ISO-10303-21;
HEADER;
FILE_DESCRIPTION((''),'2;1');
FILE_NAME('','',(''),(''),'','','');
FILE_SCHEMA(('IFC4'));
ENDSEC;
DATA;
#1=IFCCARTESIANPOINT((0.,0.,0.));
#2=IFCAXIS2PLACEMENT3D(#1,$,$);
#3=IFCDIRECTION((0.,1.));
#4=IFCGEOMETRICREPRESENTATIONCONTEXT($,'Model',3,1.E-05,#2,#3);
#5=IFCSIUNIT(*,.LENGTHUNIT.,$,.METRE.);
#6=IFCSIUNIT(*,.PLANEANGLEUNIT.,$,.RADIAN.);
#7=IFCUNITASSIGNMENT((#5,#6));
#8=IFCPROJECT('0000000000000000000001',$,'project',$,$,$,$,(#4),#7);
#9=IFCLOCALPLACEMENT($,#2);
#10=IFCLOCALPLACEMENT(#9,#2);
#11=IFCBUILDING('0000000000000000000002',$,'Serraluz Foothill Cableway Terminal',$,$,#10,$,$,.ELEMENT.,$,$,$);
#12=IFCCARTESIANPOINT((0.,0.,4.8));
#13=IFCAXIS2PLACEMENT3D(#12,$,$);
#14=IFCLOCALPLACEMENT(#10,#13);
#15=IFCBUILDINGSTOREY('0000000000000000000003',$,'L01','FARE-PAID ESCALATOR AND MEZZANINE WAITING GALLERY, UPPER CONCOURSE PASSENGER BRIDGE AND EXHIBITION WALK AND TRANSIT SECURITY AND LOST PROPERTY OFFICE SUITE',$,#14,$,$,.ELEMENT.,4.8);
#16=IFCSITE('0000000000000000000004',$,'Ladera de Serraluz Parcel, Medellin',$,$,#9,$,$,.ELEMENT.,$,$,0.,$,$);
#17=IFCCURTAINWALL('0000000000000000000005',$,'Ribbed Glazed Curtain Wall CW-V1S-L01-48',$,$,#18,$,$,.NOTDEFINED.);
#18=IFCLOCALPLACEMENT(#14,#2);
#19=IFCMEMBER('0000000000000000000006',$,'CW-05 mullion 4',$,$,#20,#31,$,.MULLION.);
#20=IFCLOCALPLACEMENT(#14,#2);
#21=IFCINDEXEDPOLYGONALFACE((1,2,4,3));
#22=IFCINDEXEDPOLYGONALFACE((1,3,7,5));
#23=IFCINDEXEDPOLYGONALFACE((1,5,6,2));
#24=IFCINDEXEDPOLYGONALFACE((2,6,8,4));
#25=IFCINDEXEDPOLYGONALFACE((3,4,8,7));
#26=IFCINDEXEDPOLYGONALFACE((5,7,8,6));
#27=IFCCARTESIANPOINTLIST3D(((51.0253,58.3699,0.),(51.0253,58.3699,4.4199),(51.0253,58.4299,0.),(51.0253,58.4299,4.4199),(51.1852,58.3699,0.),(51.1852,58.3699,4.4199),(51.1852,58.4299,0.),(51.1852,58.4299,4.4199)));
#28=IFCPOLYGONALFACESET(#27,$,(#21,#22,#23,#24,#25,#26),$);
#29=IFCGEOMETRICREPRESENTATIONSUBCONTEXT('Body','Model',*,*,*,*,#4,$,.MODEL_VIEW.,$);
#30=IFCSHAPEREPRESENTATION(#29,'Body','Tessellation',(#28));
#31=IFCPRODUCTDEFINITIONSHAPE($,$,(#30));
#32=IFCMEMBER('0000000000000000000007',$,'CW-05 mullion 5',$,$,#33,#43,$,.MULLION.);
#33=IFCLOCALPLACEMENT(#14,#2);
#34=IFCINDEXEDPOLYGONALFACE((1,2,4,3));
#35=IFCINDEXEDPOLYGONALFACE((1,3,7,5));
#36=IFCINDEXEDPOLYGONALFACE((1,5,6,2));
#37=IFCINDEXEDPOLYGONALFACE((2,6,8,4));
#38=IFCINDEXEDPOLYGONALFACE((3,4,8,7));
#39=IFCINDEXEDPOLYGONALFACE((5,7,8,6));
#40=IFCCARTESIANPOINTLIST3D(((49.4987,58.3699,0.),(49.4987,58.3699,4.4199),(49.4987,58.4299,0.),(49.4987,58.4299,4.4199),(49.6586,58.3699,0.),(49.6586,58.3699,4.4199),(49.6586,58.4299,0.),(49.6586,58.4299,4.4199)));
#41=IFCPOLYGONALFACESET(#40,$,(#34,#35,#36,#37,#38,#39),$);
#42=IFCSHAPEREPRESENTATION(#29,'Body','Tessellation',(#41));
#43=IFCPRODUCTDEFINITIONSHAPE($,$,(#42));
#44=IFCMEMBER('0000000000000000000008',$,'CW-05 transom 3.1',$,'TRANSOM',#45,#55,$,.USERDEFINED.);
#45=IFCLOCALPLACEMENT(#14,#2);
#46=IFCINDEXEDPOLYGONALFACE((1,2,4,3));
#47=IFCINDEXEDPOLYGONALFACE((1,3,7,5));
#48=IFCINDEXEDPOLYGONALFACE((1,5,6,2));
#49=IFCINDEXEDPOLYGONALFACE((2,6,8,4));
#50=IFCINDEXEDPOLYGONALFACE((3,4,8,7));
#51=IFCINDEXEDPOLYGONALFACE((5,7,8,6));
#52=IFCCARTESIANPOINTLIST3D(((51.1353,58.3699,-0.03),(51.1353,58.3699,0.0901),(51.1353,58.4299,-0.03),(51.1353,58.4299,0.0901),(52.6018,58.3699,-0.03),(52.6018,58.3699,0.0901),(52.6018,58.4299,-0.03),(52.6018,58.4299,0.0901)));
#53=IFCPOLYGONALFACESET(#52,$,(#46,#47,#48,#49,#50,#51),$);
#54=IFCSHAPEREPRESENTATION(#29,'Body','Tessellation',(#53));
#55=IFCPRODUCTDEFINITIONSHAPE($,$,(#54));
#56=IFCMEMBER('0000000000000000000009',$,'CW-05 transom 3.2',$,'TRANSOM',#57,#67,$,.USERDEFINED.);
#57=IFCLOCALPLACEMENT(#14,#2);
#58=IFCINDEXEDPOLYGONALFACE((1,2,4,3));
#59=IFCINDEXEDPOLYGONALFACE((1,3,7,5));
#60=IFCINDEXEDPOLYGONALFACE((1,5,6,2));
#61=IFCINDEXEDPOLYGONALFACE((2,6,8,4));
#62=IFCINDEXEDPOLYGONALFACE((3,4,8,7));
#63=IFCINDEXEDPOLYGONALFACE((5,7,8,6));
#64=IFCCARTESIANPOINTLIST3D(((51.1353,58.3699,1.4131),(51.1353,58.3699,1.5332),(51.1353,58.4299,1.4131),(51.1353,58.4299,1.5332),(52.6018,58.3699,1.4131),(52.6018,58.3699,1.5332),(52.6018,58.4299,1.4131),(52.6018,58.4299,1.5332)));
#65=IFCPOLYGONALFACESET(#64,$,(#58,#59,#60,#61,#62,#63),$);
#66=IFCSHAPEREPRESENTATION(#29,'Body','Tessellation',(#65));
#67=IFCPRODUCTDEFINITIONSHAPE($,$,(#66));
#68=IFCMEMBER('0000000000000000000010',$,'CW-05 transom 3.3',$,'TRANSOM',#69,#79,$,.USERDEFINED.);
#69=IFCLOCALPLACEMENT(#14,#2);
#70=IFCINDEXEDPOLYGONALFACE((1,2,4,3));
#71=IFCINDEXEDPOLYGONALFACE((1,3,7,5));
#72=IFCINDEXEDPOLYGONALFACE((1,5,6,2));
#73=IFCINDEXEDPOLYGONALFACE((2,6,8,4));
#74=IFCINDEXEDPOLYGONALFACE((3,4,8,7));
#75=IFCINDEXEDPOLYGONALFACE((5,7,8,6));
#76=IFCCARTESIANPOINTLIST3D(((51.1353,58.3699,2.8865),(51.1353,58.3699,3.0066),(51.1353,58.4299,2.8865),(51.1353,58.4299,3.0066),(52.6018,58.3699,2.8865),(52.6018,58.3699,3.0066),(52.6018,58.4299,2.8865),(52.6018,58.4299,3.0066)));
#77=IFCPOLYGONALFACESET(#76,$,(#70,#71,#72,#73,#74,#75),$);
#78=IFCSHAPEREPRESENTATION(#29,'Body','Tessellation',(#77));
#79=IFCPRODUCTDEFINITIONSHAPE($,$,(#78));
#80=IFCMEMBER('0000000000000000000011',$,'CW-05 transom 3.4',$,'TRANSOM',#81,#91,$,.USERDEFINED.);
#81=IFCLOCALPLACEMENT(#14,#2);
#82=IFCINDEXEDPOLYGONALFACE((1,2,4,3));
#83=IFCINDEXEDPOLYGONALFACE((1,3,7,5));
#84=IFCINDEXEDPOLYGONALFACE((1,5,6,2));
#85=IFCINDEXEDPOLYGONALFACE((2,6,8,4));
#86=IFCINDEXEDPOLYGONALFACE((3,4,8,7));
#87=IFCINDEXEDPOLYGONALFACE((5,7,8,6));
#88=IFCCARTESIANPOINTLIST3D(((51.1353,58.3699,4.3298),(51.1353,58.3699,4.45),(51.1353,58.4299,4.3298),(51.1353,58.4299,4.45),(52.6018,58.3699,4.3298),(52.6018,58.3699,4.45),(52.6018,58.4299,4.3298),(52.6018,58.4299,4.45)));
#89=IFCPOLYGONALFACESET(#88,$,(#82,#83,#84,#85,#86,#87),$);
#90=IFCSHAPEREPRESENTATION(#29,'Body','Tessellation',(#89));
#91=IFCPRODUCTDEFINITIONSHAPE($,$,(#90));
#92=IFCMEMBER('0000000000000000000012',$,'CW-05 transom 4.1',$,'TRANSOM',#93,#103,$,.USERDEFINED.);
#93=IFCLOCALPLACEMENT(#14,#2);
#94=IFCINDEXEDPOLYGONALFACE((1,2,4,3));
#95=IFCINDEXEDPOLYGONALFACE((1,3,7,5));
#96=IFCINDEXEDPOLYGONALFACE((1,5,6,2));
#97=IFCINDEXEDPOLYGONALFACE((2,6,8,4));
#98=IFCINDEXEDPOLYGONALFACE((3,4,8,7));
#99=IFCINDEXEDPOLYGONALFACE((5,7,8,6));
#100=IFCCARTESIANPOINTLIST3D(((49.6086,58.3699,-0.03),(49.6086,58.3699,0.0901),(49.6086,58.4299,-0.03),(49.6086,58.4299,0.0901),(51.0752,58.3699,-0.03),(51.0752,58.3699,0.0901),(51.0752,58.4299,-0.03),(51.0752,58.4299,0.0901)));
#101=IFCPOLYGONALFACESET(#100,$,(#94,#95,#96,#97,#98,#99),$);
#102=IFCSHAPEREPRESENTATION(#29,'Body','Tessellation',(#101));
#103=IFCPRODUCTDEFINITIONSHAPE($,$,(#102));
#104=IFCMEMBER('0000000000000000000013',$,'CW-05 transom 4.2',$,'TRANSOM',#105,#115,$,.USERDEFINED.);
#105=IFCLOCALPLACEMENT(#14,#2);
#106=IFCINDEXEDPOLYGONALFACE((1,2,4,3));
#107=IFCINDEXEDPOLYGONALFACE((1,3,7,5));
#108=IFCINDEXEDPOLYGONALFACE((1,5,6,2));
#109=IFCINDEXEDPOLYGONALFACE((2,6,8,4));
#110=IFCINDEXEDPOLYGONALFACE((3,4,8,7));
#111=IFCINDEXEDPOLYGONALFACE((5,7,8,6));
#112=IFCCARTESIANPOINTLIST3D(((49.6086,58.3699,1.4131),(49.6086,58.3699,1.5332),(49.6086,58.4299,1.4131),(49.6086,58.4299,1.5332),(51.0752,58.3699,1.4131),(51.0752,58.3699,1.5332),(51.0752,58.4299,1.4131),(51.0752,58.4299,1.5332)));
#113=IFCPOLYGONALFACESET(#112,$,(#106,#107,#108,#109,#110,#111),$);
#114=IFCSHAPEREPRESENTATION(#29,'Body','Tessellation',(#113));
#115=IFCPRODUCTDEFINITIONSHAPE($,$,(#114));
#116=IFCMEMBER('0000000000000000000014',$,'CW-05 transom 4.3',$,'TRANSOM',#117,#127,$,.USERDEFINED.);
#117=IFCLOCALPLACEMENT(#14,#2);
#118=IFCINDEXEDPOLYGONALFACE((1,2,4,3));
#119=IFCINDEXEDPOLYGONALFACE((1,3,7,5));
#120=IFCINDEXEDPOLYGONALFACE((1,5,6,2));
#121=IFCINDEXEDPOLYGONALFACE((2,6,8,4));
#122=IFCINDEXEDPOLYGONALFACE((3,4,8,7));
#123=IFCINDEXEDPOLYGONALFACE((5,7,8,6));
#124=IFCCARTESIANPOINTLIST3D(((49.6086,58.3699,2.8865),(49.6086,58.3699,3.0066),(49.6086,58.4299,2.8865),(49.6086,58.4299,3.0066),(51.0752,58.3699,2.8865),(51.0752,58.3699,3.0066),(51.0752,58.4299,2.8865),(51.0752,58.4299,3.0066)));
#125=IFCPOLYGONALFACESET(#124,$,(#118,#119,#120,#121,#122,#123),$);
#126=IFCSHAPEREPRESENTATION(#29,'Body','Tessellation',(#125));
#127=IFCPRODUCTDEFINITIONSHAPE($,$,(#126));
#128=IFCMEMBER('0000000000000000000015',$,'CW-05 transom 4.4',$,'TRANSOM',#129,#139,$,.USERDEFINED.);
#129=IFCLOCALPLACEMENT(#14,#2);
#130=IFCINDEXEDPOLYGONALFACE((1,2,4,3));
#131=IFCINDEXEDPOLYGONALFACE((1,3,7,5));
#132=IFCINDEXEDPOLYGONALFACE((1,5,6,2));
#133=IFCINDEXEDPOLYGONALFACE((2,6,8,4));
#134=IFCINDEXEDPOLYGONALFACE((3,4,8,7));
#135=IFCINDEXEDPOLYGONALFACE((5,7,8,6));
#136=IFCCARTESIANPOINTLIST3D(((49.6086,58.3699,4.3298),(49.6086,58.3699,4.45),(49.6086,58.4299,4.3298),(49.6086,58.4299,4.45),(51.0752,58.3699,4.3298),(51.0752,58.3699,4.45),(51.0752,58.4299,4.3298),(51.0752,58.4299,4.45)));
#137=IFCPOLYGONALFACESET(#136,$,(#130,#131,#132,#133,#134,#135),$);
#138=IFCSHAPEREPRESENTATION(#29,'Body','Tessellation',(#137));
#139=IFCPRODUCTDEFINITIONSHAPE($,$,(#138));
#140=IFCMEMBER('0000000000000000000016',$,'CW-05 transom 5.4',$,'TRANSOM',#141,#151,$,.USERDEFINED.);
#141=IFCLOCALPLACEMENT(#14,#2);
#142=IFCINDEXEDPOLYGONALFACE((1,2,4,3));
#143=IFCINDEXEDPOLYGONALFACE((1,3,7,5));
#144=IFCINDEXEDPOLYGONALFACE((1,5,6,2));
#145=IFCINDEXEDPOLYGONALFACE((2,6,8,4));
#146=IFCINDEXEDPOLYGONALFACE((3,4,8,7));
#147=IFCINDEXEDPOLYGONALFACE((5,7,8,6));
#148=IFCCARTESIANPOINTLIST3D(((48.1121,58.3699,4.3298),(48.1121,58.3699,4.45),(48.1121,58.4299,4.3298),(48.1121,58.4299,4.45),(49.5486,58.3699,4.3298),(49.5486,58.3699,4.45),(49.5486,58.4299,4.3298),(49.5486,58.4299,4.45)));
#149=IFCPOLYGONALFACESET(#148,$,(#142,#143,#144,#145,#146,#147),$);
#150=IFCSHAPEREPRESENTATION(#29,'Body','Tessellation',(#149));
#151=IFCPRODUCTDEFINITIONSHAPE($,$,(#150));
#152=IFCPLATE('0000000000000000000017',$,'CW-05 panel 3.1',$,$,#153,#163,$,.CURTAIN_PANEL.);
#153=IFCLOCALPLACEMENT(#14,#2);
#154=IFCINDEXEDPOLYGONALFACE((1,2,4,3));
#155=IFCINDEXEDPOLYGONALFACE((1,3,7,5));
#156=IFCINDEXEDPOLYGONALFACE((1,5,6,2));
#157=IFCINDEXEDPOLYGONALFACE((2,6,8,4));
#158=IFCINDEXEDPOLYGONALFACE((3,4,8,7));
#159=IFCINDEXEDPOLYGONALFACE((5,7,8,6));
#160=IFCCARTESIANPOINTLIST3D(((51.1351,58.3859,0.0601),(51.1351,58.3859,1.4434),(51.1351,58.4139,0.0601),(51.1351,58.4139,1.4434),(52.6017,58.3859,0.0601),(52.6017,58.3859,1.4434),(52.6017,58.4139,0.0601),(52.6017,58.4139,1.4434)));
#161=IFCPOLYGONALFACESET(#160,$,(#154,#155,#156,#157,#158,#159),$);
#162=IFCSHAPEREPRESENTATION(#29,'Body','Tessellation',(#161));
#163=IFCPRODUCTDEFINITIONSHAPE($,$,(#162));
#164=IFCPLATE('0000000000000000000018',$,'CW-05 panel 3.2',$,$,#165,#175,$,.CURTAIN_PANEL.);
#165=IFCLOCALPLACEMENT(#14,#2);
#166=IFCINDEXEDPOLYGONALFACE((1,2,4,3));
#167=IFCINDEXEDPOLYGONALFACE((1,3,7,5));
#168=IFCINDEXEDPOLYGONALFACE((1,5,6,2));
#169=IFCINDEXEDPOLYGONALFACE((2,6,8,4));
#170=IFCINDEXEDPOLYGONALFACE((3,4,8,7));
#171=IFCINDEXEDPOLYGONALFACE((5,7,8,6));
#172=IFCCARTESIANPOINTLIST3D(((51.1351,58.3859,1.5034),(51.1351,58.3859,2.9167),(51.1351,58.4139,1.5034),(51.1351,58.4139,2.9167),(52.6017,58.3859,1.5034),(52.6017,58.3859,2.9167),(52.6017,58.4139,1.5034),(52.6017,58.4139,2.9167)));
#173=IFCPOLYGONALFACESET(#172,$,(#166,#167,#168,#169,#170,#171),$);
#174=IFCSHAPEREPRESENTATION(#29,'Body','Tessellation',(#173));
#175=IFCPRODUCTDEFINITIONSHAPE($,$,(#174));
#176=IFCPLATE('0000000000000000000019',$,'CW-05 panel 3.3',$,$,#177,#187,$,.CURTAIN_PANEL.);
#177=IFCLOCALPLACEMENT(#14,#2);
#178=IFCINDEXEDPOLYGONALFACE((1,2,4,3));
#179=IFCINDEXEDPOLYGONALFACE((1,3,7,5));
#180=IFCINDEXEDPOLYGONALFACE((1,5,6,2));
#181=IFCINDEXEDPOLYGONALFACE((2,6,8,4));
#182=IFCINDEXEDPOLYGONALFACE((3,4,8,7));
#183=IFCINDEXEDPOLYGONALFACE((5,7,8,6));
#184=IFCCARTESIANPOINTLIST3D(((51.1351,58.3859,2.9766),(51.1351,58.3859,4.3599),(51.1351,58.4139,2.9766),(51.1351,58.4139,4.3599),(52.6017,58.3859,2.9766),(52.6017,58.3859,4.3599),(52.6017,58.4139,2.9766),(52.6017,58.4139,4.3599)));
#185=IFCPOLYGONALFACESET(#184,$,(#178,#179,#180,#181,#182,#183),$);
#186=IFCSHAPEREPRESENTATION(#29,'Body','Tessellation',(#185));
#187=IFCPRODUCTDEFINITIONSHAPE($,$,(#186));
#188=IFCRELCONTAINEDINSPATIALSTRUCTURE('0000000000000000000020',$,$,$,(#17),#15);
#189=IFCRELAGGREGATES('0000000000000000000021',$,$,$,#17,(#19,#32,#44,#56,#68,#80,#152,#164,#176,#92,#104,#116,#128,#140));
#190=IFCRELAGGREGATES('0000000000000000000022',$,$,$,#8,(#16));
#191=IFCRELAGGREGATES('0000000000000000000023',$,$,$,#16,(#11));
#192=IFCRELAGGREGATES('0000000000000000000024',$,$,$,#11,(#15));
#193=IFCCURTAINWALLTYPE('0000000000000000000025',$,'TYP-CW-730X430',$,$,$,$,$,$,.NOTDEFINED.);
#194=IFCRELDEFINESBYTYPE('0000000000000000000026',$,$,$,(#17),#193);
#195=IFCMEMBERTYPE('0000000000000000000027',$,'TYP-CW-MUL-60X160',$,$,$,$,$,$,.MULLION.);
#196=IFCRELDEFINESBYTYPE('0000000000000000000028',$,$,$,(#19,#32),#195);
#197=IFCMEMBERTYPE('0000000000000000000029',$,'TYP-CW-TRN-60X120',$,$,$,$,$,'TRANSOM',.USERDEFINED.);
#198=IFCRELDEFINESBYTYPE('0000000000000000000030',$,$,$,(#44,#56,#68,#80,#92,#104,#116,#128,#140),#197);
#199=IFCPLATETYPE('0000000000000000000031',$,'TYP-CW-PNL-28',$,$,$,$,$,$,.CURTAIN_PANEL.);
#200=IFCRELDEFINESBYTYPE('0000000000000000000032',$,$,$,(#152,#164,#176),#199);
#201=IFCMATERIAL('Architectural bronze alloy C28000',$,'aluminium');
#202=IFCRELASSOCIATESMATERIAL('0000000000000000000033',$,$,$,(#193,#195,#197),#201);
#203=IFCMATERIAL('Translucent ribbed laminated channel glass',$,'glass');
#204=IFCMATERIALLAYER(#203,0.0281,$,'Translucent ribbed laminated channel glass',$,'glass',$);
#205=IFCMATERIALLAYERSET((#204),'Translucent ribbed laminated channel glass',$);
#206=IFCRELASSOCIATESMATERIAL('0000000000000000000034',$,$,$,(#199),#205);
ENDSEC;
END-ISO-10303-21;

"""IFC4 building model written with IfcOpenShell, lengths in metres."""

from ifc_helpers import new_model, si_unit, direction, frame, origin, origin_2d, place, context, subcontext, project, spatial, rectangle, extrude, material, layer, layer_set, material_profile, profile_set, type_object, element, aggregate, save


model = new_model("IFC4")

# Units and contexts
model_context = context("Model", 3, precision=1e-05, world=origin(), true_north=direction((0.0, 1.0)))
body_context = subcontext(model_context, "Body", "Model", "MODEL_VIEW")
ifc_project = project(units=[si_unit("LENGTHUNIT", "METRE"), si_unit("PLANEANGLEUNIT", "RADIAN")], contexts=[model_context])

# Site, building, storey
site_placement = place(None, origin())
site = spatial("IfcSite", under=ifc_project, at=site_placement, Name="Ladera de Serraluz Parcel, Medellin", CompositionType="ELEMENT", RefElevation=0.0)
building_placement = place(site_placement, origin())
building = spatial("IfcBuilding", under=site, at=building_placement, Name="Serraluz Foothill Cableway Terminal", CompositionType="ELEMENT")
storey_placement = place(building_placement, frame((0.0, 0.0, 4.8)))
storey = spatial("IfcBuildingStorey", under=building, at=storey_placement, Name="L01", Description="FARE-PAID ESCALATOR AND MEZZANINE WAITING GALLERY, UPPER CONCOURSE PASSENGER BRIDGE AND EXHIBITION WALK AND TRANSIT SECURITY AND LOST PROPERTY OFFICE SUITE", CompositionType="ELEMENT", Elevation=4.8)

# Curtain wall, members, plates
ifc_material_1 = material(Name="Architectural bronze alloy C28000", Category="aluminium")
curtain_wall_type = type_object("IfcCurtainWallType", Name="TYP-CW-730X430", PredefinedType="NOTDEFINED", material=ifc_material_1)
curtain_wall_placement = place(storey_placement, origin())
curtain_wall = element("IfcCurtainWall", 1, at=curtain_wall_placement, inside=storey, type_object=curtain_wall_type, Name="Ribbed Glazed Curtain Wall CW-V1S-L01-48", PredefinedType="NOTDEFINED")
ifc_material_profile_1 = material_profile(ifc_material_1, rectangle(XDim=0.0601, YDim=0.1599, at=origin_2d()), Name="ALU MULLION 60x160")
ifc_profile_set_1 = profile_set([ifc_material_profile_1], Name="Architectural bronze alloy C28000")
member_type_1 = type_object("IfcMemberType", Name="TYP-CW-MUL-60X160", PredefinedType="MULLION", material=ifc_profile_set_1)
member_1_placement = place(storey_placement, frame((51.1052, 58.3999, 0.0), z_axis=(0.0, 0.0, 1.0), x_axis=(0.0, -1.0, 0.0)))
member_1 = element("IfcMember", 2, at=member_1_placement, type_object=member_type_1, Name="CW-05 mullion 4", PredefinedType="MULLION", context=body_context, shape_type="SweptSolid", body=[
    extrude(rectangle(XDim=0.0601, YDim=0.1599, at=origin_2d()), origin(), (0.0, 0.0, 1.0), 4.4199),
])
member_2_placement = place(storey_placement, frame((49.5786, 58.3999, 0.0), z_axis=(0.0, 0.0, 1.0), x_axis=(0.0, -1.0, 0.0)))
member_2 = element("IfcMember", 3, at=member_2_placement, type_object=member_type_1, Name="CW-05 mullion 5", PredefinedType="MULLION", context=body_context, shape_type="SweptSolid", body=[
    extrude(rectangle(XDim=0.0601, YDim=0.1599, at=origin_2d()), origin(), (0.0, 0.0, 1.0), 4.4199),
])
ifc_material_profile_2 = material_profile(ifc_material_1, rectangle(XDim=0.0601, YDim=0.1201, at=origin_2d()), Name="ALU TRANSOM 60x120")
ifc_profile_set_2 = profile_set([ifc_material_profile_2], Name="Architectural bronze alloy C28000")
member_type_2 = type_object("IfcMemberType", Name="TYP-CW-TRN-60X120", ElementType="TRANSOM", PredefinedType="USERDEFINED", material=ifc_profile_set_2)
member_3_placement = place(storey_placement, frame((52.6018, 58.3999, 0.03), z_axis=(-1.0, 0.0, 0.0), x_axis=(0.0, -1.0, 0.0)))
member_3 = element("IfcMember", 4, at=member_3_placement, type_object=member_type_2, Name="CW-05 transom 3.1", ObjectType="TRANSOM", PredefinedType="USERDEFINED", context=body_context, shape_type="SweptSolid", body=[
    extrude(rectangle(XDim=0.0601, YDim=0.1201, at=origin_2d()), origin(), (0.0, 0.0, 1.0), 1.4666),
])
member_4_placement = place(storey_placement, frame((52.6018, 58.3999, 1.4731), z_axis=(-1.0, 0.0, 0.0), x_axis=(0.0, -1.0, 0.0)))
member_4 = element("IfcMember", 5, at=member_4_placement, type_object=member_type_2, Name="CW-05 transom 3.2", ObjectType="TRANSOM", PredefinedType="USERDEFINED", context=body_context, shape_type="SweptSolid", body=[
    extrude(rectangle(XDim=0.0601, YDim=0.1201, at=origin_2d()), origin(), (0.0, 0.0, 1.0), 1.4666),
])
member_5_placement = place(storey_placement, frame((52.6018, 58.3999, 2.9465), z_axis=(-1.0, 0.0, 0.0), x_axis=(0.0, -1.0, 0.0)))
member_5 = element("IfcMember", 6, at=member_5_placement, type_object=member_type_2, Name="CW-05 transom 3.3", ObjectType="TRANSOM", PredefinedType="USERDEFINED", context=body_context, shape_type="SweptSolid", body=[
    extrude(rectangle(XDim=0.0601, YDim=0.1201, at=origin_2d()), origin(), (0.0, 0.0, 1.0), 1.4666),
])
member_6_placement = place(storey_placement, frame((52.6018, 58.3999, 4.3899), z_axis=(-1.0, 0.0, 0.0), x_axis=(0.0, -1.0, 0.0)))
member_6 = element("IfcMember", 7, at=member_6_placement, type_object=member_type_2, Name="CW-05 transom 3.4", ObjectType="TRANSOM", PredefinedType="USERDEFINED", context=body_context, shape_type="SweptSolid", body=[
    extrude(rectangle(XDim=0.0601, YDim=0.1201, at=origin_2d()), origin(), (0.0, 0.0, 1.0), 1.4666),
])
member_7_placement = place(storey_placement, frame((51.0752, 58.3999, 0.03), z_axis=(-1.0, 0.0, 0.0), x_axis=(0.0, -1.0, 0.0)))
member_7 = element("IfcMember", 8, at=member_7_placement, type_object=member_type_2, Name="CW-05 transom 4.1", ObjectType="TRANSOM", PredefinedType="USERDEFINED", context=body_context, shape_type="SweptSolid", body=[
    extrude(rectangle(XDim=0.0601, YDim=0.1201, at=origin_2d()), origin(), (0.0, 0.0, 1.0), 1.4666),
])
member_8_placement = place(storey_placement, frame((51.0752, 58.3999, 1.4731), z_axis=(-1.0, 0.0, 0.0), x_axis=(0.0, -1.0, 0.0)))
member_8 = element("IfcMember", 9, at=member_8_placement, type_object=member_type_2, Name="CW-05 transom 4.2", ObjectType="TRANSOM", PredefinedType="USERDEFINED", context=body_context, shape_type="SweptSolid", body=[
    extrude(rectangle(XDim=0.0601, YDim=0.1201, at=origin_2d()), origin(), (0.0, 0.0, 1.0), 1.4666),
])
member_9_placement = place(storey_placement, frame((51.0752, 58.3999, 2.9465), z_axis=(-1.0, 0.0, 0.0), x_axis=(0.0, -1.0, 0.0)))
member_9 = element("IfcMember", 10, at=member_9_placement, type_object=member_type_2, Name="CW-05 transom 4.3", ObjectType="TRANSOM", PredefinedType="USERDEFINED", context=body_context, shape_type="SweptSolid", body=[
    extrude(rectangle(XDim=0.0601, YDim=0.1201, at=origin_2d()), origin(), (0.0, 0.0, 1.0), 1.4666),
])
member_10_placement = place(storey_placement, frame((51.0752, 58.3999, 4.3899), z_axis=(-1.0, 0.0, 0.0), x_axis=(0.0, -1.0, 0.0)))
member_10 = element("IfcMember", 11, at=member_10_placement, type_object=member_type_2, Name="CW-05 transom 4.4", ObjectType="TRANSOM", PredefinedType="USERDEFINED", context=body_context, shape_type="SweptSolid", body=[
    extrude(rectangle(XDim=0.0601, YDim=0.1201, at=origin_2d()), origin(), (0.0, 0.0, 1.0), 1.4666),
])
member_11_placement = place(storey_placement, frame((49.5486, 58.3999, 4.3899), z_axis=(-1.0, 0.0, 0.0), x_axis=(0.0, -1.0, 0.0)))
member_11 = element("IfcMember", 12, at=member_11_placement, type_object=member_type_2, Name="CW-05 transom 5.4", ObjectType="TRANSOM", PredefinedType="USERDEFINED", context=body_context, shape_type="SweptSolid", body=[
    extrude(rectangle(XDim=0.0601, YDim=0.1201, at=origin_2d()), origin(), (0.0, 0.0, 1.0), 1.4365),
])
ifc_material_2 = material(Name="Translucent ribbed laminated channel glass", Category="glass")
ifc_layer = layer(ifc_material_2, 0.0281, Name="Translucent ribbed laminated channel glass", Category="glass")
ifc_layer_set = layer_set([ifc_layer], Name="Translucent ribbed laminated channel glass")
plate_type = type_object("IfcPlateType", Name="TYP-CW-PNL-28", PredefinedType="CURTAIN_PANEL", material=ifc_layer_set)
plate_1_placement = place(storey_placement, frame((51.8684, 58.3999, 0.0601), z_axis=(0.0, 0.0, 1.0), x_axis=(-1.0, 0.0, 0.0)))
plate_1 = element("IfcPlate", 13, at=plate_1_placement, type_object=plate_type, Name="CW-05 panel 3.1", PredefinedType="CURTAIN_PANEL", context=body_context, shape_type="SweptSolid", body=[
    extrude(rectangle(XDim=1.4666, YDim=0.0281, at=origin_2d()), origin(), (0.0, 0.0, 1.0), 1.3833),
])
plate_2_placement = place(storey_placement, frame((51.8684, 58.3999, 1.5034), z_axis=(0.0, 0.0, 1.0), x_axis=(-1.0, 0.0, 0.0)))
plate_2 = element("IfcPlate", 14, at=plate_2_placement, type_object=plate_type, Name="CW-05 panel 3.2", PredefinedType="CURTAIN_PANEL", context=body_context, shape_type="SweptSolid", body=[
    extrude(rectangle(XDim=1.4666, YDim=0.0281, at=origin_2d()), origin(), (0.0, 0.0, 1.0), 1.4133),
])
plate_3_placement = place(storey_placement, frame((51.8684, 58.3999, 2.9766), z_axis=(0.0, 0.0, 1.0), x_axis=(-1.0, 0.0, 0.0)))
plate_3 = element("IfcPlate", 15, at=plate_3_placement, type_object=plate_type, Name="CW-05 panel 3.3", PredefinedType="CURTAIN_PANEL", context=body_context, shape_type="SweptSolid", body=[
    extrude(rectangle(XDim=1.4666, YDim=0.0281, at=origin_2d()), origin(), (0.0, 0.0, 1.0), 1.3833),
])
aggregate(curtain_wall, [member_1, member_2, member_3, member_4, member_5, member_6, plate_1, plate_2, plate_3, member_7, member_8, member_9, member_10, member_11])

save(model, "model.ifc")
